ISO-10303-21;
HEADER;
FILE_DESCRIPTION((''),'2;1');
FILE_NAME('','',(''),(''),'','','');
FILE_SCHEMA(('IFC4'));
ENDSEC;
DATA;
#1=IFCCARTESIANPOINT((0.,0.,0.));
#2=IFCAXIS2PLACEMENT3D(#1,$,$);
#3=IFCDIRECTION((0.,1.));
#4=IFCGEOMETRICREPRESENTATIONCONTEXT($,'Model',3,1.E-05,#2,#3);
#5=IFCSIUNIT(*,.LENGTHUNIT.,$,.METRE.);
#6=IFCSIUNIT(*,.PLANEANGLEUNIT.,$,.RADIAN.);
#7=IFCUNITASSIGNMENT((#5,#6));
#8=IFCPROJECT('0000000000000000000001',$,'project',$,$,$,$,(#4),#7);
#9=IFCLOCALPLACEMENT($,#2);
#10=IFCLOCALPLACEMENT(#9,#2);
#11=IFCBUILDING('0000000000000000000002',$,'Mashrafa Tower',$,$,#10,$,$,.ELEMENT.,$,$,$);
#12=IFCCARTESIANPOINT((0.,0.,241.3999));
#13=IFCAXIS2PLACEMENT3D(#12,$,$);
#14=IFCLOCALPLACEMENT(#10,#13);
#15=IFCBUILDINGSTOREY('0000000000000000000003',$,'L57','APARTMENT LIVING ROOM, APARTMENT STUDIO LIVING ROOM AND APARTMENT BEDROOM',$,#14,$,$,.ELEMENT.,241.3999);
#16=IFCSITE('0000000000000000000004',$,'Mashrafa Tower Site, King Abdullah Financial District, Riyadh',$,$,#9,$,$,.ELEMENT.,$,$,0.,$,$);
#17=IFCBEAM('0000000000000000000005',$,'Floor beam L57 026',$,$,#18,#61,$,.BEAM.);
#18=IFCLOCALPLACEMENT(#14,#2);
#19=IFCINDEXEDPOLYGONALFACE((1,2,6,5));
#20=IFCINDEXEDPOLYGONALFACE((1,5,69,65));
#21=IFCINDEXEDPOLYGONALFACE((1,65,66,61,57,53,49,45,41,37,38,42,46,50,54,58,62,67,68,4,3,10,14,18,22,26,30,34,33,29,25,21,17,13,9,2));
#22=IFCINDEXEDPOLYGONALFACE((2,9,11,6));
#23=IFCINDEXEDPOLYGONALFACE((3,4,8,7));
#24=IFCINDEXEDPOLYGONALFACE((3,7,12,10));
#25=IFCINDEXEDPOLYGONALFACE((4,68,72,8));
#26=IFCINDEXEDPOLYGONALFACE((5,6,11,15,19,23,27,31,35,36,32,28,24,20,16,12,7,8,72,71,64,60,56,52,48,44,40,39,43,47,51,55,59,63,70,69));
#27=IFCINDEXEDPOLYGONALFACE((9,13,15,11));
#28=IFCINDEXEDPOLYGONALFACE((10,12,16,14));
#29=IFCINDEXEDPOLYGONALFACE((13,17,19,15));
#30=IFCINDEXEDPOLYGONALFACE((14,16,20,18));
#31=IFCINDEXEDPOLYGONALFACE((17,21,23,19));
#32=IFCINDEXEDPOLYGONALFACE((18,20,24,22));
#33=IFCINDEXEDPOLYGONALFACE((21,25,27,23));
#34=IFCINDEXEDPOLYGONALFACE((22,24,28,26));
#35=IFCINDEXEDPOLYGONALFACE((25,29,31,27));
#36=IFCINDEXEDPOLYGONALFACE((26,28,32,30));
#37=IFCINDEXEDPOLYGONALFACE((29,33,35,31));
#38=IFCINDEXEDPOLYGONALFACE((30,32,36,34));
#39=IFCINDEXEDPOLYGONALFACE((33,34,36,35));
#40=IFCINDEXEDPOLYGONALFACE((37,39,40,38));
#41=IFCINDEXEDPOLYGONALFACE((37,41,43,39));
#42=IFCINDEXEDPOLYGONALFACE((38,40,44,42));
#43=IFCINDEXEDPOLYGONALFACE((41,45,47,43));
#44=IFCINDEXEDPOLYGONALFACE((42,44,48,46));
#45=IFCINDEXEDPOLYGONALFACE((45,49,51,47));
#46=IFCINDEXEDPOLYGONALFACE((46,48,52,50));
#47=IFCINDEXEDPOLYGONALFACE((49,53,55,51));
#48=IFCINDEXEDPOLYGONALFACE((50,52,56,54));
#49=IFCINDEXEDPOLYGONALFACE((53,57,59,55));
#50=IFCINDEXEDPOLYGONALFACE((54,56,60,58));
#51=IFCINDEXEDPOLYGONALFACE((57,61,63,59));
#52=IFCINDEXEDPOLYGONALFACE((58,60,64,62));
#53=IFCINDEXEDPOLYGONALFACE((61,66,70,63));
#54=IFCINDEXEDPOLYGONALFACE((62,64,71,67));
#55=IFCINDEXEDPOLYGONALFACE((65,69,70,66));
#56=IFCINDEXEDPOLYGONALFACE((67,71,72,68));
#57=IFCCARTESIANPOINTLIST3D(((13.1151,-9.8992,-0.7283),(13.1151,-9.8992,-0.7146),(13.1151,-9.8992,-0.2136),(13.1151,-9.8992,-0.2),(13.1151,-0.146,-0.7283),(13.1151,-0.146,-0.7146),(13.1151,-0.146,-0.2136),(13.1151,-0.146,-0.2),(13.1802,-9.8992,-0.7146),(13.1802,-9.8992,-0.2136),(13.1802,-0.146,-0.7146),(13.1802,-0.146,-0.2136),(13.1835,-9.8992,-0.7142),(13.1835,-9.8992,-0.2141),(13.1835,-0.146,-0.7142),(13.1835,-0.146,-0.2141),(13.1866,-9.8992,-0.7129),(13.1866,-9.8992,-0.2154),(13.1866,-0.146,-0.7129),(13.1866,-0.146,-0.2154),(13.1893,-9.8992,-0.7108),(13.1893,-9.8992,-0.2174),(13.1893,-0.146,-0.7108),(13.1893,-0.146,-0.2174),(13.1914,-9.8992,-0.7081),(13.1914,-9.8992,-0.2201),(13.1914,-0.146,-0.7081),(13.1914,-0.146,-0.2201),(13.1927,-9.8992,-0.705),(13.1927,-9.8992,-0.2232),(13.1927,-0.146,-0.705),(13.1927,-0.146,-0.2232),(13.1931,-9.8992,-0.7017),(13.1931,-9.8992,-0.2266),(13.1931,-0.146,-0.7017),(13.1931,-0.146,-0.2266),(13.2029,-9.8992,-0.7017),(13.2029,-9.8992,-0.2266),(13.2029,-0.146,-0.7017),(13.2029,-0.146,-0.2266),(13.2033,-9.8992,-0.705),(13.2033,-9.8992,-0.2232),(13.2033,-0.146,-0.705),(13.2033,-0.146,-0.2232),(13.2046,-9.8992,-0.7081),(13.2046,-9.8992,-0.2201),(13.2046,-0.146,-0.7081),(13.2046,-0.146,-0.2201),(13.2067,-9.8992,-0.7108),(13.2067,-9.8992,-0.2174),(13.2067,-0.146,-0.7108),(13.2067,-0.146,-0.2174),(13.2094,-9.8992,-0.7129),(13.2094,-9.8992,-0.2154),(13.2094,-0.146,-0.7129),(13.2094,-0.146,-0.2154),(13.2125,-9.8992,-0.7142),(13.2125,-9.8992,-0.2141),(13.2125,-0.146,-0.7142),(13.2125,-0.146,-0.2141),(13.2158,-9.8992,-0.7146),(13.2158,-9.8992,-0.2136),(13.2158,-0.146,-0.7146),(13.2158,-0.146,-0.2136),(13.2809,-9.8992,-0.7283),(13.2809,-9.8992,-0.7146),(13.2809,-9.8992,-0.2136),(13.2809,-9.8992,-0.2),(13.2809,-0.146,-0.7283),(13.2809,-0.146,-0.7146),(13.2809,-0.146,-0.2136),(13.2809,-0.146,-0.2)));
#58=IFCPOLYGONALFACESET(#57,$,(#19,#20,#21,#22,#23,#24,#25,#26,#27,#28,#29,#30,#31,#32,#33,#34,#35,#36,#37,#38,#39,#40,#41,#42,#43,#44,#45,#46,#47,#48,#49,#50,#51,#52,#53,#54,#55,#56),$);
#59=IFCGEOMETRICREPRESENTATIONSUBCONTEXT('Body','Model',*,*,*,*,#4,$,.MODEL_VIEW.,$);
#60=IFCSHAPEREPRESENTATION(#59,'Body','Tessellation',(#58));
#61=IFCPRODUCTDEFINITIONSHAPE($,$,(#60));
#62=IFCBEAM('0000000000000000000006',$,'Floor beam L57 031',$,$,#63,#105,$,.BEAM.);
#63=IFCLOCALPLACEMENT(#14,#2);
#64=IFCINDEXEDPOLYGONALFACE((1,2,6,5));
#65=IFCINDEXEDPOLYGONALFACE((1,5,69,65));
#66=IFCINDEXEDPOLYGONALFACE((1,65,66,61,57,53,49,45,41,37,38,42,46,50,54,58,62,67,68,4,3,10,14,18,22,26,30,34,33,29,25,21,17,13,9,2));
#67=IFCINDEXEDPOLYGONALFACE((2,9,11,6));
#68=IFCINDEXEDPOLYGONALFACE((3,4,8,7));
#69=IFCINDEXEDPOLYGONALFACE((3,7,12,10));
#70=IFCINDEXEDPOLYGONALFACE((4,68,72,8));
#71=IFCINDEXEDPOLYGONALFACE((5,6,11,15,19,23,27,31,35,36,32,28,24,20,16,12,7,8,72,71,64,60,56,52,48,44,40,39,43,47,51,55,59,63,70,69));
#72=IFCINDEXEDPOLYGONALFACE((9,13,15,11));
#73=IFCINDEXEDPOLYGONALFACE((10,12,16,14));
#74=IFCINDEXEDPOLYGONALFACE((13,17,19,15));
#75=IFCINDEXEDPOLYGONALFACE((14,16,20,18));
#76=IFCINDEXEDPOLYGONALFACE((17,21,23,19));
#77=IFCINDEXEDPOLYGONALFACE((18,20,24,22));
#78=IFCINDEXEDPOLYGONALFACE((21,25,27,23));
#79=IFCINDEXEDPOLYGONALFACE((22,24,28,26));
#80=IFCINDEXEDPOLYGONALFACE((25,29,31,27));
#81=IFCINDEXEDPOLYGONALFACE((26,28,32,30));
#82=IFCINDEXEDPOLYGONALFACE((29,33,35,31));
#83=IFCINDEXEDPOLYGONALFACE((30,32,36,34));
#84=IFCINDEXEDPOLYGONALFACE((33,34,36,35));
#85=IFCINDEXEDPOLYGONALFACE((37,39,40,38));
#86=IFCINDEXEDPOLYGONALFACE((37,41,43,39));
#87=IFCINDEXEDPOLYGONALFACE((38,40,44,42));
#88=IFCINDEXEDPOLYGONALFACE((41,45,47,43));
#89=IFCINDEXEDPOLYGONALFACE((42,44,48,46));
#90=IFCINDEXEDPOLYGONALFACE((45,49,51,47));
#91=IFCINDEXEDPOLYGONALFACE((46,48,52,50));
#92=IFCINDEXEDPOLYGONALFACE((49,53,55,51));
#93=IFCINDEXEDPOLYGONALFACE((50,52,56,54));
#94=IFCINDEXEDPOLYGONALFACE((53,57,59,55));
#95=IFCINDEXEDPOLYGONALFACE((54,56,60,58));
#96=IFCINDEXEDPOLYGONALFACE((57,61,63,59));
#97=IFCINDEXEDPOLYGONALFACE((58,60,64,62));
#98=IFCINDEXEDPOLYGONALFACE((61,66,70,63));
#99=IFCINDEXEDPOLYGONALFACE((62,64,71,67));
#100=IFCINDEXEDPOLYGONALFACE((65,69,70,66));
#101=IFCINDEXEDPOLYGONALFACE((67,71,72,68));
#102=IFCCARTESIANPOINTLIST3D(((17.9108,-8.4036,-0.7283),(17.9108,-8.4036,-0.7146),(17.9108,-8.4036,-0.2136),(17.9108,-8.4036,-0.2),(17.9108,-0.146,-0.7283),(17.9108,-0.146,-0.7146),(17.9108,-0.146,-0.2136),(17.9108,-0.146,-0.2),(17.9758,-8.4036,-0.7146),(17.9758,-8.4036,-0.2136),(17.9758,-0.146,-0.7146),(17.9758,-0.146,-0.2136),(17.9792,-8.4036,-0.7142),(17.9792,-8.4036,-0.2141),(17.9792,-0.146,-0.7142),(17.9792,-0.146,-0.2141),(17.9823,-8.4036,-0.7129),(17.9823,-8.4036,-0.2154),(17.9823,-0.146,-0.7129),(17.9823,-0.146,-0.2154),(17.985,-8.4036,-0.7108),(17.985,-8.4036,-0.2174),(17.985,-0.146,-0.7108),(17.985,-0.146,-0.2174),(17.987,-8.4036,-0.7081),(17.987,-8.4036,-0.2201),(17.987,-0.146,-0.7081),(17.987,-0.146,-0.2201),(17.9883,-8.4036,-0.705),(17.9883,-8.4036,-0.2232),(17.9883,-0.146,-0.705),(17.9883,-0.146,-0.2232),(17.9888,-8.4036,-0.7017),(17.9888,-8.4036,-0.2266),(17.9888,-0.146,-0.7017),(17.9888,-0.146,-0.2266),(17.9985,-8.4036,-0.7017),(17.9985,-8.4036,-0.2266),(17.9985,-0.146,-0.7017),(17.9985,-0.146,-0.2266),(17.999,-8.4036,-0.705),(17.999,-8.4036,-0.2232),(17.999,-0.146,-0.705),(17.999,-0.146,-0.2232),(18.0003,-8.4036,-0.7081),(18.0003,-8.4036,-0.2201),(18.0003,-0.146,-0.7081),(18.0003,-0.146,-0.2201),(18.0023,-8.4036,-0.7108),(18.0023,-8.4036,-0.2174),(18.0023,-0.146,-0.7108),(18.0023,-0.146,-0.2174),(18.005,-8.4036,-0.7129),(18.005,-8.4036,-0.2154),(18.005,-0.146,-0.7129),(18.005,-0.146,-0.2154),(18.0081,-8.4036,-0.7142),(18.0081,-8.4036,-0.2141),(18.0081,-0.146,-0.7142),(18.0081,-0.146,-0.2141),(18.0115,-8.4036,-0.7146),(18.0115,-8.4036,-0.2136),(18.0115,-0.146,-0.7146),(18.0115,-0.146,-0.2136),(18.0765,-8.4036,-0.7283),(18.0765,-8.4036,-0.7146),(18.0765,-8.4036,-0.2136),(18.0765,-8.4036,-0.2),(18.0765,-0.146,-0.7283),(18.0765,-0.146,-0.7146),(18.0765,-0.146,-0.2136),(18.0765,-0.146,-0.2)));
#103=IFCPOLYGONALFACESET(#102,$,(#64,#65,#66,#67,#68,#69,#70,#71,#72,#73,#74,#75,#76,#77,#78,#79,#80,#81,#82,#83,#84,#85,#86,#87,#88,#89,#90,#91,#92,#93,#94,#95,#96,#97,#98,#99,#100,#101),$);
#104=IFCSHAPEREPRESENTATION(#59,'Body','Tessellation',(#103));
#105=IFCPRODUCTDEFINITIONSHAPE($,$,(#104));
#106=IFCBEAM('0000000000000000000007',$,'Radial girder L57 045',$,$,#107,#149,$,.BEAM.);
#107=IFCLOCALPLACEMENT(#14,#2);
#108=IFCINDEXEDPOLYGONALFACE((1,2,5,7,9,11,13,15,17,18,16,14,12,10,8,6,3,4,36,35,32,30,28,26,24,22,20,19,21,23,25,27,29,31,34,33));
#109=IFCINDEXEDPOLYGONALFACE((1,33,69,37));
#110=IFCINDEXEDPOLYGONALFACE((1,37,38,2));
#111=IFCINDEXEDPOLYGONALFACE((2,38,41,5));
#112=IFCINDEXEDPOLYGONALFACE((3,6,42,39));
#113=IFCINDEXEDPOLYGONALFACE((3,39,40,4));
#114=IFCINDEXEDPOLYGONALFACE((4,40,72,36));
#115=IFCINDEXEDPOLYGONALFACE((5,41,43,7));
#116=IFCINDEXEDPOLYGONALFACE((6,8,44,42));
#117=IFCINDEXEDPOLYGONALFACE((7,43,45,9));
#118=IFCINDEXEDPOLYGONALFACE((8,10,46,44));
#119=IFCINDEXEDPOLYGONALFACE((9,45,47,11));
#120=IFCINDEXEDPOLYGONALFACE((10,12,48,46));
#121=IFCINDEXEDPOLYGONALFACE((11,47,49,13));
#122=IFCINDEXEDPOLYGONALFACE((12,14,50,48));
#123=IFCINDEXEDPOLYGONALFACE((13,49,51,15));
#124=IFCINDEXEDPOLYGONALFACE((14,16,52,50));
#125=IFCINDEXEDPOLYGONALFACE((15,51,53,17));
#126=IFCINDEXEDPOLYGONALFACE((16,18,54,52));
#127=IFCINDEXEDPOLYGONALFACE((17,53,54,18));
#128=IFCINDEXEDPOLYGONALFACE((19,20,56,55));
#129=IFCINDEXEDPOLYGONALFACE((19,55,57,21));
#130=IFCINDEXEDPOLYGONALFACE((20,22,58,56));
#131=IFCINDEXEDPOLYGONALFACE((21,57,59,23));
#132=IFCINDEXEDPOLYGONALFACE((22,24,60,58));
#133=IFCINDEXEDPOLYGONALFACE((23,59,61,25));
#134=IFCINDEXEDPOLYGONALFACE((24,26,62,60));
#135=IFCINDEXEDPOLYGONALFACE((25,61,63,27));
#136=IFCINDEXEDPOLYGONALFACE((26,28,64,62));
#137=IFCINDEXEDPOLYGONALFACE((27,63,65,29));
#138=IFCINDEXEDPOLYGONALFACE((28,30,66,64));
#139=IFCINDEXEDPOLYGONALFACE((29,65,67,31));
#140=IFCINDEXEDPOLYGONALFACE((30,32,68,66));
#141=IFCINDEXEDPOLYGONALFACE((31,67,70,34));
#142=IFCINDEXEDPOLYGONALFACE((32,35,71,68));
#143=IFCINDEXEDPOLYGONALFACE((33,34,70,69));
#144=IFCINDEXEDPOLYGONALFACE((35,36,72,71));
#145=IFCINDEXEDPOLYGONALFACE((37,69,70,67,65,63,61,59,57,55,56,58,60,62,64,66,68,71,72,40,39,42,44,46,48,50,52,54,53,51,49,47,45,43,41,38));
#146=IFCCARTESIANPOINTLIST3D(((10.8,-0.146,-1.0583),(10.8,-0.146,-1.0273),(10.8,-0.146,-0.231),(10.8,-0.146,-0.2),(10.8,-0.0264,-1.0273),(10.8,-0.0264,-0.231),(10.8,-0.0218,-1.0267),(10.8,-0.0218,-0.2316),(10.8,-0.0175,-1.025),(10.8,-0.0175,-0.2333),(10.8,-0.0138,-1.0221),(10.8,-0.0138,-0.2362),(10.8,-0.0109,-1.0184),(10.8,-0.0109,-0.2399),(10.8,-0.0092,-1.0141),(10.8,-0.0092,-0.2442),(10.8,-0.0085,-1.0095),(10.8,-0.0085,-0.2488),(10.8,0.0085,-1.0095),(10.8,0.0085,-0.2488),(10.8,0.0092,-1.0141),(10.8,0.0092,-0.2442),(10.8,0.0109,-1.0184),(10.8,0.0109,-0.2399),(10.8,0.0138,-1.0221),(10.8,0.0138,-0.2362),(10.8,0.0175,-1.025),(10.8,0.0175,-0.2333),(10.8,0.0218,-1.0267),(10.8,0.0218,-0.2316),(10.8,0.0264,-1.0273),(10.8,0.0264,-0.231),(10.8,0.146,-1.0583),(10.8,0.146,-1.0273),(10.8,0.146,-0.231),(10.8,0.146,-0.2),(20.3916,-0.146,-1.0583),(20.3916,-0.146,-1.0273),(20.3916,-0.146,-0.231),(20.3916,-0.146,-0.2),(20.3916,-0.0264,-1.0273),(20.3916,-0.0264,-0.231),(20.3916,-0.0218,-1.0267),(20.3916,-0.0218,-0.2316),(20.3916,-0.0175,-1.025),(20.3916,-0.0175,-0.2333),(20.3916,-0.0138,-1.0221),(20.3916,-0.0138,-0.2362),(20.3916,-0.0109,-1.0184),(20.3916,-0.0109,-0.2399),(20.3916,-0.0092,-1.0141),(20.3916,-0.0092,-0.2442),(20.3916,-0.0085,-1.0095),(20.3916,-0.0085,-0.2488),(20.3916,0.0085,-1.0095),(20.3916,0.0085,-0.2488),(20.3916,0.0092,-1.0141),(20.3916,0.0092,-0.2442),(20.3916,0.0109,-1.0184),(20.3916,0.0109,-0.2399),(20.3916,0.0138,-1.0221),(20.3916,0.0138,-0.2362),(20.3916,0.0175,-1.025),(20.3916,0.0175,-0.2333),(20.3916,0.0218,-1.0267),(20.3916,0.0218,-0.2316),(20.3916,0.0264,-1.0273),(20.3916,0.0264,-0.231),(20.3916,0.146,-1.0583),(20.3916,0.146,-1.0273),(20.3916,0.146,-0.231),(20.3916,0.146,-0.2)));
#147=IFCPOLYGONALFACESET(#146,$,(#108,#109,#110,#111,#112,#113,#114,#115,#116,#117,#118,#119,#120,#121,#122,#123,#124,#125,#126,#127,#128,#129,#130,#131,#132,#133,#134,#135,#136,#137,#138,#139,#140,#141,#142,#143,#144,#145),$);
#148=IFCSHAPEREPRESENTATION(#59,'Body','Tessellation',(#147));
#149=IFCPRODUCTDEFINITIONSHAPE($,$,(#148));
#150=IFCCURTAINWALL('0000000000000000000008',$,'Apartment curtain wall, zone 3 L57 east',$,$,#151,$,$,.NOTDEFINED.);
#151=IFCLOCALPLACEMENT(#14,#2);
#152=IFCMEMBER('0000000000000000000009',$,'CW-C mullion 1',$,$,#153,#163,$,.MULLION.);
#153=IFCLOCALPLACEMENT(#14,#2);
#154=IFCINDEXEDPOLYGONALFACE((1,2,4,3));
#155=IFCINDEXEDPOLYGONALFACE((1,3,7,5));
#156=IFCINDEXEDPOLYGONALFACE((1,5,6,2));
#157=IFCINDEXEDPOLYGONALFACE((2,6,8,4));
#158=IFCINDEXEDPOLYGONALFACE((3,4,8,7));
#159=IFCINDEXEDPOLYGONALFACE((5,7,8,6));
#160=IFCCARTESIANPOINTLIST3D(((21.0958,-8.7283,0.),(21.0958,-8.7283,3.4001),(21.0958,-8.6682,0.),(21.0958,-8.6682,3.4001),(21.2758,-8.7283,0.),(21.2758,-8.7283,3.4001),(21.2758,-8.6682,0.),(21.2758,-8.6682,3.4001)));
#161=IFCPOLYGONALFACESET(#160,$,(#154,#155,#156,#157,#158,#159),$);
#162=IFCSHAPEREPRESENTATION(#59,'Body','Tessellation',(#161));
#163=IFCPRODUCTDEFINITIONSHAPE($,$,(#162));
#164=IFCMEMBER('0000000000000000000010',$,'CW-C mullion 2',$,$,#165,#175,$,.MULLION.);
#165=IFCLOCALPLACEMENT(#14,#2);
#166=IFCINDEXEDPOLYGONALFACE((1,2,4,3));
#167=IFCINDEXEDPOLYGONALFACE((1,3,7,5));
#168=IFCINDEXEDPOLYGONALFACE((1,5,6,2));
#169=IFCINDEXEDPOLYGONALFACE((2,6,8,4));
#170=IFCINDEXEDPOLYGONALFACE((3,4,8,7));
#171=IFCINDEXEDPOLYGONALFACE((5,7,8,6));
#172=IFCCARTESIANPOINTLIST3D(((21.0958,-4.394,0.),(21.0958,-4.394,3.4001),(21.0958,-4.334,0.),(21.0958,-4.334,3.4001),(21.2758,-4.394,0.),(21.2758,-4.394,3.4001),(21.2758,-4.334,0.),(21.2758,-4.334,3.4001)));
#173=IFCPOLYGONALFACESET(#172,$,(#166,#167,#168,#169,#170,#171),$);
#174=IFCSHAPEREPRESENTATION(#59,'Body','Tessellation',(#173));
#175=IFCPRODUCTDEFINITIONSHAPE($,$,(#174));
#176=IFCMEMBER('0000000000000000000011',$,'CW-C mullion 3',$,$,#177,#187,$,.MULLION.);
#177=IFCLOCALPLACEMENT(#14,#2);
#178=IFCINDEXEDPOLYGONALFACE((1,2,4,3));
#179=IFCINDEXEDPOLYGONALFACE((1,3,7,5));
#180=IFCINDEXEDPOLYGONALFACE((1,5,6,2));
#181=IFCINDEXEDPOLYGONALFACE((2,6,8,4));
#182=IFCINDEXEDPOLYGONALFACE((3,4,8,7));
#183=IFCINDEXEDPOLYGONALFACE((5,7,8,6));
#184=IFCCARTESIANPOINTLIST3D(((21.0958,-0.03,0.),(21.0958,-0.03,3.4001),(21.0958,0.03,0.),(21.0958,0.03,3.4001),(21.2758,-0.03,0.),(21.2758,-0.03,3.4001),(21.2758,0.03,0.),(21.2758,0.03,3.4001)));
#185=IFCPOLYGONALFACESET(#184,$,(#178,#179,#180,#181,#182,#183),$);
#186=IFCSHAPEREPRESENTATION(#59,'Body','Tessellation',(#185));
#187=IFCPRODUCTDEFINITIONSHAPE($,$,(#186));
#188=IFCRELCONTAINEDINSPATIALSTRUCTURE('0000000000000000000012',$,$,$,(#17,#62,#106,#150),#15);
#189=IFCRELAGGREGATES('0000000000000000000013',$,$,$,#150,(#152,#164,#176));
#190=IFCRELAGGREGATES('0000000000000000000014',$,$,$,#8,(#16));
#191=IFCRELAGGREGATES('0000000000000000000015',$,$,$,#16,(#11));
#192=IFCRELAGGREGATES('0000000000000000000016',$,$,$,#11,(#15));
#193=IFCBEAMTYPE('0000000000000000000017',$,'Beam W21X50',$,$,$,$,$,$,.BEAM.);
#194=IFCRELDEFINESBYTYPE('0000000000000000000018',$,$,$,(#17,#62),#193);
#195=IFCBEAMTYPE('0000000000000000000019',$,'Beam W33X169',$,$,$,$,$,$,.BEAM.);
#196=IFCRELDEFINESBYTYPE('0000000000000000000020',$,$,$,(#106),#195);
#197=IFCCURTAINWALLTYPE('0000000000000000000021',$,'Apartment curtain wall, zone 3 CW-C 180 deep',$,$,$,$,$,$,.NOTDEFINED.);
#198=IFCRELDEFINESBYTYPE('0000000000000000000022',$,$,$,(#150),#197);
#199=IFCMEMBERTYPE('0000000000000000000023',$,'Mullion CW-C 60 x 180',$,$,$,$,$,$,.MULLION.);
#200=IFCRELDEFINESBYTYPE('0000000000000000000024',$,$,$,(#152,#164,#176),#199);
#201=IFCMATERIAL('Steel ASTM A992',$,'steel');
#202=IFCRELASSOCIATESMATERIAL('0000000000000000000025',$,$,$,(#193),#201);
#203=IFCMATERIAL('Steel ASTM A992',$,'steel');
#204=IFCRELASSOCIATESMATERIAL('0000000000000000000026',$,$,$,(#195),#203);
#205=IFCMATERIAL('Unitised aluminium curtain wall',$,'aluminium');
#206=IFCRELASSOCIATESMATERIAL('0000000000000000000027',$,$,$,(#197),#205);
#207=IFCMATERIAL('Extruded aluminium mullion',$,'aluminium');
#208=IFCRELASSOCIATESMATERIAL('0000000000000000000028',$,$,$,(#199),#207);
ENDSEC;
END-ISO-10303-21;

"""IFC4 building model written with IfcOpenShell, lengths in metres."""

from ifc_helpers import new_model, si_unit, direction, frame, origin, origin_2d, place, context, subcontext, project, spatial, rectangle, i_section, extrude, source, transform, mapped, material, material_profile, profile_set, type_object, type_shapes, element, aggregate, save


model = new_model("IFC4")

# Units and contexts
model_context = context("Model", 3, precision=1e-05, world=origin(), true_north=direction((0.0, 1.0)))
body_context = subcontext(model_context, "Body", "Model", "MODEL_VIEW")
ifc_project = project(units=[si_unit("LENGTHUNIT", "METRE"), si_unit("PLANEANGLEUNIT", "RADIAN")], contexts=[model_context])

# Site, building, storey
site_placement = place(None, origin())
site = spatial("IfcSite", under=ifc_project, at=site_placement, Name="Mashrafa Tower Site, King Abdullah Financial District, Riyadh", CompositionType="ELEMENT", RefElevation=0.0)
building_placement = place(site_placement, origin())
building = spatial("IfcBuilding", under=site, at=building_placement, Name="Mashrafa Tower", CompositionType="ELEMENT")
storey_placement = place(building_placement, frame((0.0, 0.0, 241.3999)))
storey = spatial("IfcBuildingStorey", under=building, at=storey_placement, Name="L57", Description="APARTMENT LIVING ROOM, APARTMENT STUDIO LIVING ROOM AND APARTMENT BEDROOM", CompositionType="ELEMENT", Elevation=241.3999)

# Beams
ifc_material_1 = material(Name="Steel ASTM A992", Category="steel")
ifc_material_profile_1 = material_profile(ifc_material_1, i_section(OverallWidth=0.1658, OverallDepth=0.5283, WebThickness=0.0098, FlangeThickness=0.0137, FilletRadius=0.0129, at=origin_2d()), Name="W21X50")
ifc_profile_set_1 = profile_set([ifc_material_profile_1], Name="Steel ASTM A992")
beam_type_1 = type_object("IfcBeamType", Name="Beam W21X50", PredefinedType="BEAM", material=ifc_profile_set_1)
beam_1_placement = place(storey_placement, frame((13.198, -0.146, -0.4641), z_axis=(0.0, -1.0, 0.0), x_axis=(1.0, 0.0, 0.0)))
element("IfcBeam", 1, at=beam_1_placement, inside=storey, type_object=beam_type_1, Name="Floor beam L57 026", PredefinedType="BEAM", context=body_context, shape_type="SweptSolid", body=[
    extrude(i_section(OverallWidth=0.1658, OverallDepth=0.5283, WebThickness=0.0098, FlangeThickness=0.0137, FilletRadius=0.0129, at=origin_2d()), origin(), (0.0, 0.0, 1.0), 9.7532),
])
beam_2_placement = place(storey_placement, frame((17.9937, -0.146, -0.4641), z_axis=(0.0, -1.0, 0.0), x_axis=(1.0, 0.0, 0.0)))
element("IfcBeam", 2, at=beam_2_placement, inside=storey, type_object=beam_type_1, Name="Floor beam L57 031", PredefinedType="BEAM", context=body_context, shape_type="SweptSolid", body=[
    extrude(i_section(OverallWidth=0.1658, OverallDepth=0.5283, WebThickness=0.0098, FlangeThickness=0.0137, FilletRadius=0.0129, at=origin_2d()), origin(), (0.0, 0.0, 1.0), 8.2576),
])
ifc_material_2 = material(Name="Steel ASTM A992", Category="steel")
ifc_material_profile_2 = material_profile(ifc_material_2, i_section(OverallWidth=0.292, OverallDepth=0.8584, WebThickness=0.0171, FlangeThickness=0.031, FilletRadius=0.0178, at=origin_2d()), Name="W33X169")
ifc_profile_set_2 = profile_set([ifc_material_profile_2], Name="Steel ASTM A992")
beam_type_2 = type_object("IfcBeamType", Name="Beam W33X169", PredefinedType="BEAM", material=ifc_profile_set_2)
beam_3_placement = place(storey_placement, frame((10.8, 0.0, -0.6292), z_axis=(1.0, 0.0, 0.0), x_axis=(0.0, 1.0, 0.0)))
element("IfcBeam", 3, at=beam_3_placement, inside=storey, type_object=beam_type_2, Name="Radial girder L57 045", PredefinedType="BEAM", context=body_context, shape_type="SweptSolid", body=[
    extrude(i_section(OverallWidth=0.292, OverallDepth=0.8584, WebThickness=0.0171, FlangeThickness=0.031, FilletRadius=0.0178, at=origin_2d()), origin(), (0.0, 0.0, 1.0), 9.5916),
])

# Curtain wall, members
ifc_material_3 = material(Name="Unitised aluminium curtain wall", Category="aluminium")
curtain_wall_type = type_object("IfcCurtainWallType", Name="Apartment curtain wall, zone 3 CW-C 180 deep", PredefinedType="NOTDEFINED", material=ifc_material_3)
curtain_wall_1_placement = place(storey_placement, origin())
curtain_wall_1 = element("IfcCurtainWall", 4, at=curtain_wall_1_placement, inside=storey, type_object=curtain_wall_type, Name="Apartment curtain wall, zone 3 L57 east", PredefinedType="NOTDEFINED")
ifc_material_4 = material(Name="Extruded aluminium mullion", Category="aluminium")
ifc_material_profile_3 = material_profile(ifc_material_4, rectangle(XDim=0.1799, YDim=0.0601, at=origin_2d()), Name="Mullion 60x180")
ifc_profile_set_3 = profile_set([ifc_material_profile_3], Name="Extruded aluminium mullion")
member_type_1 = type_object("IfcMemberType", Name="Mullion CW-C 60 x 180", PredefinedType="MULLION", material=ifc_profile_set_3)
shared_shape_1 = source(origin(), body_context, "Body", "SweptSolid", [
    extrude(rectangle(XDim=0.1799, YDim=0.0601, at=origin_2d()), origin(), (0.0, 0.0, 1.0), 3.4001),
])
type_shapes(member_type_1, [shared_shape_1])
member_1_placement = place(storey_placement, frame((21.1858, -8.6982, 0.0), z_axis=(0.0, 0.0, 1.0), x_axis=(-1.0, 0.0, 0.0)))
member_1 = element("IfcMember", 5, at=member_1_placement, type_object=member_type_1, Name="CW-C mullion 1", PredefinedType="MULLION", context=body_context, shape_type="MappedRepresentation", body=[
    mapped(shared_shape_1, transform((0.0, 0.0, 0.0))),
])
member_2_placement = place(storey_placement, frame((21.1858, -4.364, 0.0), z_axis=(0.0, 0.0, 1.0), x_axis=(-1.0, 0.0, 0.0)))
member_2 = element("IfcMember", 6, at=member_2_placement, type_object=member_type_1, Name="CW-C mullion 2", PredefinedType="MULLION", context=body_context, shape_type="MappedRepresentation", body=[
    mapped(shared_shape_1, transform((0.0, 0.0, 0.0))),
])
member_3_placement = place(storey_placement, frame((21.1858, 0.0, 0.0), z_axis=(0.0, 0.0, 1.0), x_axis=(-1.0, 0.0, 0.0)))
member_3 = element("IfcMember", 7, at=member_3_placement, type_object=member_type_1, Name="CW-C mullion 3", PredefinedType="MULLION", context=body_context, shape_type="MappedRepresentation", body=[
    mapped(shared_shape_1, transform((0.0, 0.0, 0.0))),
])

aggregate(curtain_wall_1, [member_1, member_2, member_3])

save(model, "model.ifc")
